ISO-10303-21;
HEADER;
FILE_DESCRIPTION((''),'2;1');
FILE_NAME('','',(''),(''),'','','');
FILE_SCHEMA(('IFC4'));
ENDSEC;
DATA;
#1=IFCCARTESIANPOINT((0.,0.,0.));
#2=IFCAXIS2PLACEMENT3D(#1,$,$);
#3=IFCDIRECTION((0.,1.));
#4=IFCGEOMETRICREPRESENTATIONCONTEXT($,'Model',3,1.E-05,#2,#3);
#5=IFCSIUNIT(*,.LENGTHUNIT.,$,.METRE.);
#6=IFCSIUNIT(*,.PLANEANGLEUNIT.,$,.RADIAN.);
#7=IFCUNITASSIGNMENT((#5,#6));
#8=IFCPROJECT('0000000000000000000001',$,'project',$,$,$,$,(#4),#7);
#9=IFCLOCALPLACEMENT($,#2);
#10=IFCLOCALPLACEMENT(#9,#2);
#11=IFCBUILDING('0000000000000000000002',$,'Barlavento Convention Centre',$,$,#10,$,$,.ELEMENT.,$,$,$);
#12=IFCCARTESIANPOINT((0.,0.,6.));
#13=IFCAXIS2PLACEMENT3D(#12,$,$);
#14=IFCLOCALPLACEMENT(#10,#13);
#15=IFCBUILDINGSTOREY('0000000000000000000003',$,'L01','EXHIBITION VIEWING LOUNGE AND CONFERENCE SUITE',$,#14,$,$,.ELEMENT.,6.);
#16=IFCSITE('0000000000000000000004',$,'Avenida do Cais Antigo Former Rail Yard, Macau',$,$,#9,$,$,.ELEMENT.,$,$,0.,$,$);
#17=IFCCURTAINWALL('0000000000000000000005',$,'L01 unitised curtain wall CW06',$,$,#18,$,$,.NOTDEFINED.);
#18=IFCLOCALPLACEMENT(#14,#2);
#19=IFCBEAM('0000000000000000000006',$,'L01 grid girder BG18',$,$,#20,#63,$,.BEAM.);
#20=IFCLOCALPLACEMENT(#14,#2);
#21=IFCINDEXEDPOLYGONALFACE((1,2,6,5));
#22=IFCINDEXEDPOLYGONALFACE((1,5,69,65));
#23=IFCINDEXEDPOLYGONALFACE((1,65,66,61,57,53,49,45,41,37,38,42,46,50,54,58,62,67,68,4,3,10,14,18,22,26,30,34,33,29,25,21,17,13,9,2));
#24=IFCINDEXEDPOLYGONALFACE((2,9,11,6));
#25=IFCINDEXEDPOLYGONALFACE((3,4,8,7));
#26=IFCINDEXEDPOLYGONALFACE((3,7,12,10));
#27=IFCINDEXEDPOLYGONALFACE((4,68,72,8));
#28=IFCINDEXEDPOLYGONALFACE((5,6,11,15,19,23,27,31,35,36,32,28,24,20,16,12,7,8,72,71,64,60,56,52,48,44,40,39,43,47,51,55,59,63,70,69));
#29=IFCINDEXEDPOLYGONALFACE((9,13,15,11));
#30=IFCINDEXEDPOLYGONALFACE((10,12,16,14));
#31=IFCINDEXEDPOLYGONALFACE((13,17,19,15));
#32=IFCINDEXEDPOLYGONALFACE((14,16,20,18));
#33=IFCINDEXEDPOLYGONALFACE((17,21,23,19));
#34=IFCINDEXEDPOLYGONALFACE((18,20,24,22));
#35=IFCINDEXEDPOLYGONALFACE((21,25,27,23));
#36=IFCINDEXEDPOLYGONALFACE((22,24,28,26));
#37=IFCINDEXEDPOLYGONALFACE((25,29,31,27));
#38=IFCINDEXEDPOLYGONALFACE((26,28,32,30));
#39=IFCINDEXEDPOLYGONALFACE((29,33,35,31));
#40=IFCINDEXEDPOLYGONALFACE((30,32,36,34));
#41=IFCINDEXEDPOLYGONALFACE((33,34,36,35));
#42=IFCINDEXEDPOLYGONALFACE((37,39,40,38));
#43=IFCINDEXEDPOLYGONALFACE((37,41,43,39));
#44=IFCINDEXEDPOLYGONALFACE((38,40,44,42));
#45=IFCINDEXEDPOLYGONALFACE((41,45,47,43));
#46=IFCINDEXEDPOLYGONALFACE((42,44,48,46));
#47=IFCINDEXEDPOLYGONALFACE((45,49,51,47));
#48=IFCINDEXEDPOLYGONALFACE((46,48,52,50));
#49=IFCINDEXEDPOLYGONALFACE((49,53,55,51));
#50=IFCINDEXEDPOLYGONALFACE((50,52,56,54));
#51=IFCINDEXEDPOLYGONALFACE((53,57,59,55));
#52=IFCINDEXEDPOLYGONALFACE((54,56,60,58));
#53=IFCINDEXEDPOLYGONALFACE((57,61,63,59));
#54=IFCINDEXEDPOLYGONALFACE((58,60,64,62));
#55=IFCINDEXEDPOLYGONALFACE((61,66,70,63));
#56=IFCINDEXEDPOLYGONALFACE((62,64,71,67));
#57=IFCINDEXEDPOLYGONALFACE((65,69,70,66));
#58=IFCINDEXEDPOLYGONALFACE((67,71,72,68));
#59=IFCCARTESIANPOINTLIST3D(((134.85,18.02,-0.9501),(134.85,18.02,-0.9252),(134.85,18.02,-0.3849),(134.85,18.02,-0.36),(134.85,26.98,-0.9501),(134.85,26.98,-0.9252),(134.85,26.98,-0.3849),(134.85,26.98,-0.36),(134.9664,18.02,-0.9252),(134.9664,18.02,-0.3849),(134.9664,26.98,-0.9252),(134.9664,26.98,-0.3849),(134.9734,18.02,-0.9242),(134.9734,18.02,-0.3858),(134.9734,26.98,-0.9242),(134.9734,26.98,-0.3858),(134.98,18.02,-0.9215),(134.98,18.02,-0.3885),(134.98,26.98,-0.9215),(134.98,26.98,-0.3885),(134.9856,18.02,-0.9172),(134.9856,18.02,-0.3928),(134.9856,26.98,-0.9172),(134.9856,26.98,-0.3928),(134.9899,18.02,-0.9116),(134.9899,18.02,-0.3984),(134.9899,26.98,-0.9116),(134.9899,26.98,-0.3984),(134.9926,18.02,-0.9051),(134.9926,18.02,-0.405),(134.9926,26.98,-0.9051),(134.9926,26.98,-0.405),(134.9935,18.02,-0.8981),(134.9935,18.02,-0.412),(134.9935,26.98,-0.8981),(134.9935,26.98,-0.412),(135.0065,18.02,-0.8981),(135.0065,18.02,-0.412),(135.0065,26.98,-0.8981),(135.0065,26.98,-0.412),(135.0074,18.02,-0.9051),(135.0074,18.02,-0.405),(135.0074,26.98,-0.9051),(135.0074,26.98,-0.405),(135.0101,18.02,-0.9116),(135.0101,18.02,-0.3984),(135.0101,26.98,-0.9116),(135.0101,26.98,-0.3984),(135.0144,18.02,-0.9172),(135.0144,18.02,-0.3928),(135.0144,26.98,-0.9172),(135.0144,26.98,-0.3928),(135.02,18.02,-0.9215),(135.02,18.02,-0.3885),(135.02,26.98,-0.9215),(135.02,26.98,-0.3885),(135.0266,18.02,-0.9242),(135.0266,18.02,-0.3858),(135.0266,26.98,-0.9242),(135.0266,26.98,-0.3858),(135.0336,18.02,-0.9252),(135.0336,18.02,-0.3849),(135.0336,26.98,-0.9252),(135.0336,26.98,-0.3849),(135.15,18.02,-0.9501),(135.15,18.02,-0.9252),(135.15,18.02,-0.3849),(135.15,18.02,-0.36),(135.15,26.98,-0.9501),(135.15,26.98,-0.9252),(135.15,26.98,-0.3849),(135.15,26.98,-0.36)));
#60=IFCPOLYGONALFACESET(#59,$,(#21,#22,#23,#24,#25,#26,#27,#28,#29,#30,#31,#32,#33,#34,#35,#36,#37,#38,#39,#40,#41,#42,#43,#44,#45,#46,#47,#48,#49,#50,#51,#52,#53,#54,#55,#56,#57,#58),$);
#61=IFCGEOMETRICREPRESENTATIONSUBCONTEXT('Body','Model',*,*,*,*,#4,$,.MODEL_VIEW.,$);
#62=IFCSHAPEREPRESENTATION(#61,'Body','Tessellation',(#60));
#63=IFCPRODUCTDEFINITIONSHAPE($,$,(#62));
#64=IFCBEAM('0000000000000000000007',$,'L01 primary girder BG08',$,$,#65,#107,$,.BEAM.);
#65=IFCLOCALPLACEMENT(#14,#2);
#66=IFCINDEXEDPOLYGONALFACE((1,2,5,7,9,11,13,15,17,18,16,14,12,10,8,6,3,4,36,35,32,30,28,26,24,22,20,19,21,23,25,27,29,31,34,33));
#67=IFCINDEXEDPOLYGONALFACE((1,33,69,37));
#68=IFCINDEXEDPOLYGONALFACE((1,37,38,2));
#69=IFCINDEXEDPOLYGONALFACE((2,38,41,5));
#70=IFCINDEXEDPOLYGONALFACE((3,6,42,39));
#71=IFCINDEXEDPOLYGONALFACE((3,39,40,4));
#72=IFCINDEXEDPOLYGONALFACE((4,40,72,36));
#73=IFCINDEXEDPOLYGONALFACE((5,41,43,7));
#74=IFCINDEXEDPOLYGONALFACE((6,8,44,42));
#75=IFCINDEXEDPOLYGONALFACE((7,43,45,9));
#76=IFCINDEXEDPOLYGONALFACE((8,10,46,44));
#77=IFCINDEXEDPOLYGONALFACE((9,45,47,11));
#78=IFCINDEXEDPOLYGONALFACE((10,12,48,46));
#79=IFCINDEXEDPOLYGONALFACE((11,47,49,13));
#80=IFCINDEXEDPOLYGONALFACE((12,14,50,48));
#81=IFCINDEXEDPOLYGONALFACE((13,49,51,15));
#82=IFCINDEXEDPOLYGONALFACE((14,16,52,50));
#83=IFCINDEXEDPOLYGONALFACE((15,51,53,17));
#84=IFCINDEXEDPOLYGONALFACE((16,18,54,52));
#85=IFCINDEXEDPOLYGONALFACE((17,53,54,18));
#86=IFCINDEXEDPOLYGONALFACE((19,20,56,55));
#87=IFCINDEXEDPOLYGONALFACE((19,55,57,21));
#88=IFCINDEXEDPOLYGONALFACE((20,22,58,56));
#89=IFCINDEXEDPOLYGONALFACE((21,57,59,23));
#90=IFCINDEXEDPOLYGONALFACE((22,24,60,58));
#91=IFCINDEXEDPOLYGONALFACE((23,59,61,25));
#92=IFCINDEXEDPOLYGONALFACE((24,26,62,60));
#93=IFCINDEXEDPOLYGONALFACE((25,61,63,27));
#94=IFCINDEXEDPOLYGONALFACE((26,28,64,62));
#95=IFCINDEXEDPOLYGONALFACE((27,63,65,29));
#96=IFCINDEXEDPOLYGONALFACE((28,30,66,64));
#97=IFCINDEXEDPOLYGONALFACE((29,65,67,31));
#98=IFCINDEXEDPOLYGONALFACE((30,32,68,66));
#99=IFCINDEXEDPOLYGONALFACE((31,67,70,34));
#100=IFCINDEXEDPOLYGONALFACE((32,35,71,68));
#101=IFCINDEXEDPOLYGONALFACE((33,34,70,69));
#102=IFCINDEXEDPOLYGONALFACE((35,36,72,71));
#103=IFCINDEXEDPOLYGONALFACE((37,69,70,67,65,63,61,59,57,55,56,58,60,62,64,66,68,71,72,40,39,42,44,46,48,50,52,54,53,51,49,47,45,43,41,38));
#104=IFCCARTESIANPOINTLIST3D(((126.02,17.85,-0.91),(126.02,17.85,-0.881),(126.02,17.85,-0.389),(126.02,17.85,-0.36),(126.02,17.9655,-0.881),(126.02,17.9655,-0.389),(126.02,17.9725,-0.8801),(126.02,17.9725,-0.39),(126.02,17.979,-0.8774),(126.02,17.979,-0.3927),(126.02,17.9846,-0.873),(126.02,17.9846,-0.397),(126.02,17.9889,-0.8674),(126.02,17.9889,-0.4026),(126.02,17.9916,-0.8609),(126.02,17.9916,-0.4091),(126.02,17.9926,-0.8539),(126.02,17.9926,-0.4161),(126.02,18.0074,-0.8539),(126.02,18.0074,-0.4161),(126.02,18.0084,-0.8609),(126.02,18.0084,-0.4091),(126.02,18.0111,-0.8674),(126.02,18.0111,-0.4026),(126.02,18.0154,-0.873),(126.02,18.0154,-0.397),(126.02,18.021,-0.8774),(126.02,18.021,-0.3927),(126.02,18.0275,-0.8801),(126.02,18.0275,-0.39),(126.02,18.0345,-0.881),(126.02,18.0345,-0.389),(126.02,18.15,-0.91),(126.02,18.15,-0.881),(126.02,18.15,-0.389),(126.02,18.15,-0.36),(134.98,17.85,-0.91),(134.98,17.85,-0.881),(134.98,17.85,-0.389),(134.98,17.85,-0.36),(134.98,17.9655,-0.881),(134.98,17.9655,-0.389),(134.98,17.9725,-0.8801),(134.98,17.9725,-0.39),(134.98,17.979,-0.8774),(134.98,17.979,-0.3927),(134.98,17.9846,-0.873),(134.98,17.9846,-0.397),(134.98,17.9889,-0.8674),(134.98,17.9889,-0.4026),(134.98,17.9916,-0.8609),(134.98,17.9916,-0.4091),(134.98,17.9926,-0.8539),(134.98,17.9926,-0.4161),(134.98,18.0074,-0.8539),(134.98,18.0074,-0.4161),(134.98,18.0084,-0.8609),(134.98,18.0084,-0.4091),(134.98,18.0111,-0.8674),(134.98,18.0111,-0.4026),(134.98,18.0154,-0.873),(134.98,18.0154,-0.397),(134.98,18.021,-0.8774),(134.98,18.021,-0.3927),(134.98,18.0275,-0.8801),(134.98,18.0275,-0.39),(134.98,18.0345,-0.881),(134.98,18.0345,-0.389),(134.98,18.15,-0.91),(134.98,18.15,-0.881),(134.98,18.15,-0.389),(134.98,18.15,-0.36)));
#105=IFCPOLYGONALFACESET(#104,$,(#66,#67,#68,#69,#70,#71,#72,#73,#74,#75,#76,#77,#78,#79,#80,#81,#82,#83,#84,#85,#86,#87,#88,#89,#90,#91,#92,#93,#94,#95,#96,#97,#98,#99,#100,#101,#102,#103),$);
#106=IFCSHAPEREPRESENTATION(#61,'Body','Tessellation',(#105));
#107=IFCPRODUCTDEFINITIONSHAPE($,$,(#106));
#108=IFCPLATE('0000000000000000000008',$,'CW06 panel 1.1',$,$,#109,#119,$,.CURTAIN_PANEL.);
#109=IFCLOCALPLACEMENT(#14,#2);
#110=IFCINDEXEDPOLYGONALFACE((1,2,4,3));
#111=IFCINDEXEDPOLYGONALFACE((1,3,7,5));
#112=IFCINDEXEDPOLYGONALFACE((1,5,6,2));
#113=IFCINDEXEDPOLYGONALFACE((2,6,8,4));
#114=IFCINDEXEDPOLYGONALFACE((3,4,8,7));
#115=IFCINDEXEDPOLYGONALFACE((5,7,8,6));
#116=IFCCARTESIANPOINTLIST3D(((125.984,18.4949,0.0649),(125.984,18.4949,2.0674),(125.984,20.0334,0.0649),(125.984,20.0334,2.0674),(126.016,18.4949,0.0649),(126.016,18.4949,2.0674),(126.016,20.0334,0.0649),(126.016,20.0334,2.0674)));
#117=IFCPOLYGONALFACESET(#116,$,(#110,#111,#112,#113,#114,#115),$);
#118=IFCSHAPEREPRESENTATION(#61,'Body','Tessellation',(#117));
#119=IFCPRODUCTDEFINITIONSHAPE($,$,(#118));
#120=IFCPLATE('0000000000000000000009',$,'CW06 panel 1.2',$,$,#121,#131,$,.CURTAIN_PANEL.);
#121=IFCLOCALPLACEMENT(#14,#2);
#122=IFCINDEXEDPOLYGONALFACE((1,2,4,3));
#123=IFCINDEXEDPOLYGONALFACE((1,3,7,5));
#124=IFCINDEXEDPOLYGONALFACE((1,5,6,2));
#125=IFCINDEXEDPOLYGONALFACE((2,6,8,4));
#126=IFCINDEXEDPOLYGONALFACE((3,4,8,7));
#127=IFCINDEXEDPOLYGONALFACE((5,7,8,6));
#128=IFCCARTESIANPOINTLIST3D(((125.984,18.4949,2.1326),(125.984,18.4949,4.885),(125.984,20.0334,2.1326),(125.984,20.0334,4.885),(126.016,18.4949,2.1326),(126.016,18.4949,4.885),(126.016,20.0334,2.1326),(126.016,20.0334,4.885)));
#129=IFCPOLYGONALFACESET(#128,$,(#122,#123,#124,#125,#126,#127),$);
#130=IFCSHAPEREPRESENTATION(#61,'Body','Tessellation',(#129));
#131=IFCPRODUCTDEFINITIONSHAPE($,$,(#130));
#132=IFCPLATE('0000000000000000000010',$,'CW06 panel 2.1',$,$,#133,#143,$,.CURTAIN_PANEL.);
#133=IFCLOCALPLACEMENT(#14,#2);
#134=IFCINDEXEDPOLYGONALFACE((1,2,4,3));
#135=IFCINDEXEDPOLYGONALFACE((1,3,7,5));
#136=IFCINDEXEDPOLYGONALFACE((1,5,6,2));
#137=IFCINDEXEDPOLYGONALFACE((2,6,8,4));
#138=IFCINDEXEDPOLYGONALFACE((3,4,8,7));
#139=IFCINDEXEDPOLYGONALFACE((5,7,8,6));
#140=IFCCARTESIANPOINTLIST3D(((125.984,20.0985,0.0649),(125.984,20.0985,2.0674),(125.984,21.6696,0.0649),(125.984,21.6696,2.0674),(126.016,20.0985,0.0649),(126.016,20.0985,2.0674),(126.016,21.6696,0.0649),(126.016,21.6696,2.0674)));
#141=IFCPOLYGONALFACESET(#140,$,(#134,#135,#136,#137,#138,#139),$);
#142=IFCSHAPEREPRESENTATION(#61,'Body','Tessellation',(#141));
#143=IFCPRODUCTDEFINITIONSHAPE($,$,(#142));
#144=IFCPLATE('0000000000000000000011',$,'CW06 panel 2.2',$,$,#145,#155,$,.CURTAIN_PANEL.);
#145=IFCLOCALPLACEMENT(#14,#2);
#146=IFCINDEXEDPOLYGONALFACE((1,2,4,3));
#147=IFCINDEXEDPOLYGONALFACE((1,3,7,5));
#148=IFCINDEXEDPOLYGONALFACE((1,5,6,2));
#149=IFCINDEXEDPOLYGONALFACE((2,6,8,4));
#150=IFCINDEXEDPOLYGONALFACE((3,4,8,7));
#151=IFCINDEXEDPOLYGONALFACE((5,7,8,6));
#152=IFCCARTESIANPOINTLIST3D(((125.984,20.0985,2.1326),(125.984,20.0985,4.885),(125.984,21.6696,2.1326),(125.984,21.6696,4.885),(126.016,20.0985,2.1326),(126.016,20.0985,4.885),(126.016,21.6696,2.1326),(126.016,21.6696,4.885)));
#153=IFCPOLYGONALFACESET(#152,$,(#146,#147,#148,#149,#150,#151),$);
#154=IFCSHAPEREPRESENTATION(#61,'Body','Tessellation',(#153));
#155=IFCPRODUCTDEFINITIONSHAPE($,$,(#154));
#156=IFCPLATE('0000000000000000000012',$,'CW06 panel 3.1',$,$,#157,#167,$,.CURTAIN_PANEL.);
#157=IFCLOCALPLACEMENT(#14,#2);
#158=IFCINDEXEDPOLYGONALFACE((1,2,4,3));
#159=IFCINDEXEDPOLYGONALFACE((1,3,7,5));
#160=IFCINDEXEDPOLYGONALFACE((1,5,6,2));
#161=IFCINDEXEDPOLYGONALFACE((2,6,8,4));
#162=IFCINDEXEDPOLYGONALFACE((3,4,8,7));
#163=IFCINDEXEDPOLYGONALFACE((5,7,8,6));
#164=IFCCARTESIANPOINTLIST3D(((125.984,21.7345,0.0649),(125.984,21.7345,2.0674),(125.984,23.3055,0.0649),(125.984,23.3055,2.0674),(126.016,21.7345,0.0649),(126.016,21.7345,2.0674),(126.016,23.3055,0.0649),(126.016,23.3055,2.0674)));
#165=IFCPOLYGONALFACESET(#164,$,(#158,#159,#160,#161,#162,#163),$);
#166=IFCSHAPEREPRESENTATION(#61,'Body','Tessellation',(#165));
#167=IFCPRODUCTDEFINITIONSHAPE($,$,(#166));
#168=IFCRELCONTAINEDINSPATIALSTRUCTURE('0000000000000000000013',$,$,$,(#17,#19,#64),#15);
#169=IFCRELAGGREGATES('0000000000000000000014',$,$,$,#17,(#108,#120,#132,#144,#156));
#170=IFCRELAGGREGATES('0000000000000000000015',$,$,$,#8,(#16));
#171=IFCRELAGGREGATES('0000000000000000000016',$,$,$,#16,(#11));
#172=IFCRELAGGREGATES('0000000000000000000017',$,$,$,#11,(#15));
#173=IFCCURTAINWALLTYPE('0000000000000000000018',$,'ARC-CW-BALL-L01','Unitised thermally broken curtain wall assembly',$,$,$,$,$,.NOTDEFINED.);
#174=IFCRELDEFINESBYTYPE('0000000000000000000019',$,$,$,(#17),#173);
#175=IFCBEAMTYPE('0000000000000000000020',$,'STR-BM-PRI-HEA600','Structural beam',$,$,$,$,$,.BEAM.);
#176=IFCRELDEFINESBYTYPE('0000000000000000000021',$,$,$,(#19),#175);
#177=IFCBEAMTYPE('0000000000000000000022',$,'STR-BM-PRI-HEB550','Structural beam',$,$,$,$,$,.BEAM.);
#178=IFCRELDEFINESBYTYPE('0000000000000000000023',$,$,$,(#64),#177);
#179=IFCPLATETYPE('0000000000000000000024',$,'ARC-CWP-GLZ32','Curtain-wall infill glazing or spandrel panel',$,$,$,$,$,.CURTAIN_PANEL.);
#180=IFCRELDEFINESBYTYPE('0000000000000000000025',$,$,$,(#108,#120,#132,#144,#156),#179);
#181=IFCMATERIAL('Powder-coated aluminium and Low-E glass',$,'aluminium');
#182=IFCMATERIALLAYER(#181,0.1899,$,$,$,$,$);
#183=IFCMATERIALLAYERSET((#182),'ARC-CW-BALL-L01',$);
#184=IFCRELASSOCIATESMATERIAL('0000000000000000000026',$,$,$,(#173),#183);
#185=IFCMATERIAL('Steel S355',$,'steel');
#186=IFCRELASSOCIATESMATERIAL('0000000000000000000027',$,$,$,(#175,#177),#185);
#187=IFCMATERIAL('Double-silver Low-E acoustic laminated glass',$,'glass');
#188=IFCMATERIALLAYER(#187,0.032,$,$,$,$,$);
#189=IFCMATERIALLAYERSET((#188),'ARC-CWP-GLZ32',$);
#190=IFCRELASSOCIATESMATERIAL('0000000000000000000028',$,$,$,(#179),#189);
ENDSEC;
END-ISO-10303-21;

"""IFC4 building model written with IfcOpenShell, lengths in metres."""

from ifc_helpers import new_model, si_unit, direction, frame, origin, origin_2d, place, context, subcontext, project, spatial, rectangle, i_section, extrude, material, layer, layer_set, material_profile, profile_set, type_object, element, aggregate, save


model = new_model("IFC4")

# Units and contexts
model_context = context("Model", 3, precision=1e-05, world=origin(), true_north=direction((0.0, 1.0)))
body_context = subcontext(model_context, "Body", "Model", "MODEL_VIEW")
ifc_project = project(units=[si_unit("LENGTHUNIT", "METRE"), si_unit("PLANEANGLEUNIT", "RADIAN")], contexts=[model_context])

# Site, building, storey
site_placement = place(None, origin())
site = spatial("IfcSite", under=ifc_project, at=site_placement, Name="Avenida do Cais Antigo Former Rail Yard, Macau", CompositionType="ELEMENT", RefElevation=0.0)
building_placement = place(site_placement, origin())
building = spatial("IfcBuilding", under=site, at=building_placement, Name="Barlavento Convention Centre", CompositionType="ELEMENT")
storey_placement = place(building_placement, frame((0.0, 0.0, 6.0)))
storey = spatial("IfcBuildingStorey", under=building, at=storey_placement, Name="L01", Description="EXHIBITION VIEWING LOUNGE AND CONFERENCE SUITE", CompositionType="ELEMENT", Elevation=6.0)

# Shared definitions
ifc_material_1 = material(Name="Steel S355", Category="steel")

# Curtain wall
ifc_material_2 = material(Name="Powder-coated aluminium and Low-E glass", Category="aluminium")
ifc_layer_1 = layer(ifc_material_2, 0.1899)
ifc_layer_set_1 = layer_set([ifc_layer_1], Name="ARC-CW-BALL-L01")
curtain_wall_type = type_object("IfcCurtainWallType", Name="ARC-CW-BALL-L01", Description="Unitised thermally broken curtain wall assembly", PredefinedType="NOTDEFINED", material=ifc_layer_set_1)
curtain_wall_placement = place(storey_placement, origin())
curtain_wall = element("IfcCurtainWall", 1, at=curtain_wall_placement, inside=storey, type_object=curtain_wall_type, Name="L01 unitised curtain wall CW06", PredefinedType="NOTDEFINED")

# Beams
ifc_material_profile_1 = material_profile(ifc_material_1, i_section(OverallWidth=0.3, OverallDepth=0.5901, WebThickness=0.0129, FlangeThickness=0.0249, FilletRadius=0.0271, at=origin_2d()), Name="HEA 600")
ifc_profile_set_1 = profile_set([ifc_material_profile_1], Name="Steel S355")
beam_type_1 = type_object("IfcBeamType", Name="STR-BM-PRI-HEA600", Description="Structural beam", PredefinedType="BEAM", material=ifc_profile_set_1)
beam_1_placement = place(storey_placement, frame((135.0, 18.02, -0.655), z_axis=(0.0, 1.0, 0.0), x_axis=(-1.0, 0.0, 0.0)))
element("IfcBeam", 2, at=beam_1_placement, inside=storey, type_object=beam_type_1, Name="L01 grid girder BG18", PredefinedType="BEAM", context=body_context, shape_type="SweptSolid", body=[
    extrude(i_section(OverallWidth=0.3, OverallDepth=0.5901, WebThickness=0.0129, FlangeThickness=0.0249, FilletRadius=0.0271, at=origin_2d()), origin(), (0.0, 0.0, 1.0), 8.96),
])
ifc_material_profile_2 = material_profile(ifc_material_1, i_section(OverallWidth=0.3, OverallDepth=0.55, WebThickness=0.0149, FlangeThickness=0.0291, FilletRadius=0.0271, at=origin_2d()), Name="HEB 550")
ifc_profile_set_2 = profile_set([ifc_material_profile_2], Name="Steel S355")
beam_type_2 = type_object("IfcBeamType", Name="STR-BM-PRI-HEB550", Description="Structural beam", PredefinedType="BEAM", material=ifc_profile_set_2)
beam_2_placement = place(storey_placement, frame((126.02, 18.0, -0.635), z_axis=(1.0, 0.0, 0.0), x_axis=(0.0, 1.0, 0.0)))
element("IfcBeam", 3, at=beam_2_placement, inside=storey, type_object=beam_type_2, Name="L01 primary girder BG08", PredefinedType="BEAM", context=body_context, shape_type="SweptSolid", body=[
    extrude(i_section(OverallWidth=0.3, OverallDepth=0.55, WebThickness=0.0149, FlangeThickness=0.0291, FilletRadius=0.0271, at=origin_2d()), origin(), (0.0, 0.0, 1.0), 8.96),
])

# Plates
ifc_material_3 = material(Name="Double-silver Low-E acoustic laminated glass", Category="glass")
ifc_layer_2 = layer(ifc_material_3, 0.032)
ifc_layer_set_2 = layer_set([ifc_layer_2], Name="ARC-CWP-GLZ32")
plate_type = type_object("IfcPlateType", Name="ARC-CWP-GLZ32", Description="Curtain-wall infill glazing or spandrel panel", PredefinedType="CURTAIN_PANEL", material=ifc_layer_set_2)
plate_1_placement = place(storey_placement, frame((126.0, 19.2642, 0.0649), z_axis=(0.0, 0.0, 1.0), x_axis=(0.0, 1.0, 0.0)))
plate_1 = element("IfcPlate", 4, at=plate_1_placement, type_object=plate_type, Name="CW06 panel 1.1", PredefinedType="CURTAIN_PANEL", context=body_context, shape_type="SweptSolid", body=[
    extrude(rectangle(XDim=1.5386, YDim=0.032, at=origin_2d()), origin(), (0.0, 0.0, 1.0), 2.0024),
])
plate_2_placement = place(storey_placement, frame((126.0, 19.2642, 2.1326), z_axis=(0.0, 0.0, 1.0), x_axis=(0.0, 1.0, 0.0)))
plate_2 = element("IfcPlate", 5, at=plate_2_placement, type_object=plate_type, Name="CW06 panel 1.2", PredefinedType="CURTAIN_PANEL", context=body_context, shape_type="SweptSolid", body=[
    extrude(rectangle(XDim=1.5386, YDim=0.032, at=origin_2d()), origin(), (0.0, 0.0, 1.0), 2.7524),
])
plate_3_placement = place(storey_placement, frame((126.0, 20.884, 0.0649), z_axis=(0.0, 0.0, 1.0), x_axis=(0.0, 1.0, 0.0)))
plate_3 = element("IfcPlate", 6, at=plate_3_placement, type_object=plate_type, Name="CW06 panel 2.1", PredefinedType="CURTAIN_PANEL", context=body_context, shape_type="SweptSolid", body=[
    extrude(rectangle(XDim=1.571, YDim=0.032, at=origin_2d()), origin(), (0.0, 0.0, 1.0), 2.0024),
])
plate_4_placement = place(storey_placement, frame((126.0, 20.884, 2.1326), z_axis=(0.0, 0.0, 1.0), x_axis=(0.0, 1.0, 0.0)))
plate_4 = element("IfcPlate", 7, at=plate_4_placement, type_object=plate_type, Name="CW06 panel 2.2", PredefinedType="CURTAIN_PANEL", context=body_context, shape_type="SweptSolid", body=[
    extrude(rectangle(XDim=1.571, YDim=0.032, at=origin_2d()), origin(), (0.0, 0.0, 1.0), 2.7524),
])
plate_5_placement = place(storey_placement, frame((126.0, 22.52, 0.0649), z_axis=(0.0, 0.0, 1.0), x_axis=(0.0, 1.0, 0.0)))
plate_5 = element("IfcPlate", 8, at=plate_5_placement, type_object=plate_type, Name="CW06 panel 3.1", PredefinedType="CURTAIN_PANEL", context=body_context, shape_type="SweptSolid", body=[
    extrude(rectangle(XDim=1.571, YDim=0.032, at=origin_2d()), origin(), (0.0, 0.0, 1.0), 2.0024),
])
aggregate(curtain_wall, [plate_1, plate_2, plate_3, plate_4, plate_5])

save(model, "model.ifc")
